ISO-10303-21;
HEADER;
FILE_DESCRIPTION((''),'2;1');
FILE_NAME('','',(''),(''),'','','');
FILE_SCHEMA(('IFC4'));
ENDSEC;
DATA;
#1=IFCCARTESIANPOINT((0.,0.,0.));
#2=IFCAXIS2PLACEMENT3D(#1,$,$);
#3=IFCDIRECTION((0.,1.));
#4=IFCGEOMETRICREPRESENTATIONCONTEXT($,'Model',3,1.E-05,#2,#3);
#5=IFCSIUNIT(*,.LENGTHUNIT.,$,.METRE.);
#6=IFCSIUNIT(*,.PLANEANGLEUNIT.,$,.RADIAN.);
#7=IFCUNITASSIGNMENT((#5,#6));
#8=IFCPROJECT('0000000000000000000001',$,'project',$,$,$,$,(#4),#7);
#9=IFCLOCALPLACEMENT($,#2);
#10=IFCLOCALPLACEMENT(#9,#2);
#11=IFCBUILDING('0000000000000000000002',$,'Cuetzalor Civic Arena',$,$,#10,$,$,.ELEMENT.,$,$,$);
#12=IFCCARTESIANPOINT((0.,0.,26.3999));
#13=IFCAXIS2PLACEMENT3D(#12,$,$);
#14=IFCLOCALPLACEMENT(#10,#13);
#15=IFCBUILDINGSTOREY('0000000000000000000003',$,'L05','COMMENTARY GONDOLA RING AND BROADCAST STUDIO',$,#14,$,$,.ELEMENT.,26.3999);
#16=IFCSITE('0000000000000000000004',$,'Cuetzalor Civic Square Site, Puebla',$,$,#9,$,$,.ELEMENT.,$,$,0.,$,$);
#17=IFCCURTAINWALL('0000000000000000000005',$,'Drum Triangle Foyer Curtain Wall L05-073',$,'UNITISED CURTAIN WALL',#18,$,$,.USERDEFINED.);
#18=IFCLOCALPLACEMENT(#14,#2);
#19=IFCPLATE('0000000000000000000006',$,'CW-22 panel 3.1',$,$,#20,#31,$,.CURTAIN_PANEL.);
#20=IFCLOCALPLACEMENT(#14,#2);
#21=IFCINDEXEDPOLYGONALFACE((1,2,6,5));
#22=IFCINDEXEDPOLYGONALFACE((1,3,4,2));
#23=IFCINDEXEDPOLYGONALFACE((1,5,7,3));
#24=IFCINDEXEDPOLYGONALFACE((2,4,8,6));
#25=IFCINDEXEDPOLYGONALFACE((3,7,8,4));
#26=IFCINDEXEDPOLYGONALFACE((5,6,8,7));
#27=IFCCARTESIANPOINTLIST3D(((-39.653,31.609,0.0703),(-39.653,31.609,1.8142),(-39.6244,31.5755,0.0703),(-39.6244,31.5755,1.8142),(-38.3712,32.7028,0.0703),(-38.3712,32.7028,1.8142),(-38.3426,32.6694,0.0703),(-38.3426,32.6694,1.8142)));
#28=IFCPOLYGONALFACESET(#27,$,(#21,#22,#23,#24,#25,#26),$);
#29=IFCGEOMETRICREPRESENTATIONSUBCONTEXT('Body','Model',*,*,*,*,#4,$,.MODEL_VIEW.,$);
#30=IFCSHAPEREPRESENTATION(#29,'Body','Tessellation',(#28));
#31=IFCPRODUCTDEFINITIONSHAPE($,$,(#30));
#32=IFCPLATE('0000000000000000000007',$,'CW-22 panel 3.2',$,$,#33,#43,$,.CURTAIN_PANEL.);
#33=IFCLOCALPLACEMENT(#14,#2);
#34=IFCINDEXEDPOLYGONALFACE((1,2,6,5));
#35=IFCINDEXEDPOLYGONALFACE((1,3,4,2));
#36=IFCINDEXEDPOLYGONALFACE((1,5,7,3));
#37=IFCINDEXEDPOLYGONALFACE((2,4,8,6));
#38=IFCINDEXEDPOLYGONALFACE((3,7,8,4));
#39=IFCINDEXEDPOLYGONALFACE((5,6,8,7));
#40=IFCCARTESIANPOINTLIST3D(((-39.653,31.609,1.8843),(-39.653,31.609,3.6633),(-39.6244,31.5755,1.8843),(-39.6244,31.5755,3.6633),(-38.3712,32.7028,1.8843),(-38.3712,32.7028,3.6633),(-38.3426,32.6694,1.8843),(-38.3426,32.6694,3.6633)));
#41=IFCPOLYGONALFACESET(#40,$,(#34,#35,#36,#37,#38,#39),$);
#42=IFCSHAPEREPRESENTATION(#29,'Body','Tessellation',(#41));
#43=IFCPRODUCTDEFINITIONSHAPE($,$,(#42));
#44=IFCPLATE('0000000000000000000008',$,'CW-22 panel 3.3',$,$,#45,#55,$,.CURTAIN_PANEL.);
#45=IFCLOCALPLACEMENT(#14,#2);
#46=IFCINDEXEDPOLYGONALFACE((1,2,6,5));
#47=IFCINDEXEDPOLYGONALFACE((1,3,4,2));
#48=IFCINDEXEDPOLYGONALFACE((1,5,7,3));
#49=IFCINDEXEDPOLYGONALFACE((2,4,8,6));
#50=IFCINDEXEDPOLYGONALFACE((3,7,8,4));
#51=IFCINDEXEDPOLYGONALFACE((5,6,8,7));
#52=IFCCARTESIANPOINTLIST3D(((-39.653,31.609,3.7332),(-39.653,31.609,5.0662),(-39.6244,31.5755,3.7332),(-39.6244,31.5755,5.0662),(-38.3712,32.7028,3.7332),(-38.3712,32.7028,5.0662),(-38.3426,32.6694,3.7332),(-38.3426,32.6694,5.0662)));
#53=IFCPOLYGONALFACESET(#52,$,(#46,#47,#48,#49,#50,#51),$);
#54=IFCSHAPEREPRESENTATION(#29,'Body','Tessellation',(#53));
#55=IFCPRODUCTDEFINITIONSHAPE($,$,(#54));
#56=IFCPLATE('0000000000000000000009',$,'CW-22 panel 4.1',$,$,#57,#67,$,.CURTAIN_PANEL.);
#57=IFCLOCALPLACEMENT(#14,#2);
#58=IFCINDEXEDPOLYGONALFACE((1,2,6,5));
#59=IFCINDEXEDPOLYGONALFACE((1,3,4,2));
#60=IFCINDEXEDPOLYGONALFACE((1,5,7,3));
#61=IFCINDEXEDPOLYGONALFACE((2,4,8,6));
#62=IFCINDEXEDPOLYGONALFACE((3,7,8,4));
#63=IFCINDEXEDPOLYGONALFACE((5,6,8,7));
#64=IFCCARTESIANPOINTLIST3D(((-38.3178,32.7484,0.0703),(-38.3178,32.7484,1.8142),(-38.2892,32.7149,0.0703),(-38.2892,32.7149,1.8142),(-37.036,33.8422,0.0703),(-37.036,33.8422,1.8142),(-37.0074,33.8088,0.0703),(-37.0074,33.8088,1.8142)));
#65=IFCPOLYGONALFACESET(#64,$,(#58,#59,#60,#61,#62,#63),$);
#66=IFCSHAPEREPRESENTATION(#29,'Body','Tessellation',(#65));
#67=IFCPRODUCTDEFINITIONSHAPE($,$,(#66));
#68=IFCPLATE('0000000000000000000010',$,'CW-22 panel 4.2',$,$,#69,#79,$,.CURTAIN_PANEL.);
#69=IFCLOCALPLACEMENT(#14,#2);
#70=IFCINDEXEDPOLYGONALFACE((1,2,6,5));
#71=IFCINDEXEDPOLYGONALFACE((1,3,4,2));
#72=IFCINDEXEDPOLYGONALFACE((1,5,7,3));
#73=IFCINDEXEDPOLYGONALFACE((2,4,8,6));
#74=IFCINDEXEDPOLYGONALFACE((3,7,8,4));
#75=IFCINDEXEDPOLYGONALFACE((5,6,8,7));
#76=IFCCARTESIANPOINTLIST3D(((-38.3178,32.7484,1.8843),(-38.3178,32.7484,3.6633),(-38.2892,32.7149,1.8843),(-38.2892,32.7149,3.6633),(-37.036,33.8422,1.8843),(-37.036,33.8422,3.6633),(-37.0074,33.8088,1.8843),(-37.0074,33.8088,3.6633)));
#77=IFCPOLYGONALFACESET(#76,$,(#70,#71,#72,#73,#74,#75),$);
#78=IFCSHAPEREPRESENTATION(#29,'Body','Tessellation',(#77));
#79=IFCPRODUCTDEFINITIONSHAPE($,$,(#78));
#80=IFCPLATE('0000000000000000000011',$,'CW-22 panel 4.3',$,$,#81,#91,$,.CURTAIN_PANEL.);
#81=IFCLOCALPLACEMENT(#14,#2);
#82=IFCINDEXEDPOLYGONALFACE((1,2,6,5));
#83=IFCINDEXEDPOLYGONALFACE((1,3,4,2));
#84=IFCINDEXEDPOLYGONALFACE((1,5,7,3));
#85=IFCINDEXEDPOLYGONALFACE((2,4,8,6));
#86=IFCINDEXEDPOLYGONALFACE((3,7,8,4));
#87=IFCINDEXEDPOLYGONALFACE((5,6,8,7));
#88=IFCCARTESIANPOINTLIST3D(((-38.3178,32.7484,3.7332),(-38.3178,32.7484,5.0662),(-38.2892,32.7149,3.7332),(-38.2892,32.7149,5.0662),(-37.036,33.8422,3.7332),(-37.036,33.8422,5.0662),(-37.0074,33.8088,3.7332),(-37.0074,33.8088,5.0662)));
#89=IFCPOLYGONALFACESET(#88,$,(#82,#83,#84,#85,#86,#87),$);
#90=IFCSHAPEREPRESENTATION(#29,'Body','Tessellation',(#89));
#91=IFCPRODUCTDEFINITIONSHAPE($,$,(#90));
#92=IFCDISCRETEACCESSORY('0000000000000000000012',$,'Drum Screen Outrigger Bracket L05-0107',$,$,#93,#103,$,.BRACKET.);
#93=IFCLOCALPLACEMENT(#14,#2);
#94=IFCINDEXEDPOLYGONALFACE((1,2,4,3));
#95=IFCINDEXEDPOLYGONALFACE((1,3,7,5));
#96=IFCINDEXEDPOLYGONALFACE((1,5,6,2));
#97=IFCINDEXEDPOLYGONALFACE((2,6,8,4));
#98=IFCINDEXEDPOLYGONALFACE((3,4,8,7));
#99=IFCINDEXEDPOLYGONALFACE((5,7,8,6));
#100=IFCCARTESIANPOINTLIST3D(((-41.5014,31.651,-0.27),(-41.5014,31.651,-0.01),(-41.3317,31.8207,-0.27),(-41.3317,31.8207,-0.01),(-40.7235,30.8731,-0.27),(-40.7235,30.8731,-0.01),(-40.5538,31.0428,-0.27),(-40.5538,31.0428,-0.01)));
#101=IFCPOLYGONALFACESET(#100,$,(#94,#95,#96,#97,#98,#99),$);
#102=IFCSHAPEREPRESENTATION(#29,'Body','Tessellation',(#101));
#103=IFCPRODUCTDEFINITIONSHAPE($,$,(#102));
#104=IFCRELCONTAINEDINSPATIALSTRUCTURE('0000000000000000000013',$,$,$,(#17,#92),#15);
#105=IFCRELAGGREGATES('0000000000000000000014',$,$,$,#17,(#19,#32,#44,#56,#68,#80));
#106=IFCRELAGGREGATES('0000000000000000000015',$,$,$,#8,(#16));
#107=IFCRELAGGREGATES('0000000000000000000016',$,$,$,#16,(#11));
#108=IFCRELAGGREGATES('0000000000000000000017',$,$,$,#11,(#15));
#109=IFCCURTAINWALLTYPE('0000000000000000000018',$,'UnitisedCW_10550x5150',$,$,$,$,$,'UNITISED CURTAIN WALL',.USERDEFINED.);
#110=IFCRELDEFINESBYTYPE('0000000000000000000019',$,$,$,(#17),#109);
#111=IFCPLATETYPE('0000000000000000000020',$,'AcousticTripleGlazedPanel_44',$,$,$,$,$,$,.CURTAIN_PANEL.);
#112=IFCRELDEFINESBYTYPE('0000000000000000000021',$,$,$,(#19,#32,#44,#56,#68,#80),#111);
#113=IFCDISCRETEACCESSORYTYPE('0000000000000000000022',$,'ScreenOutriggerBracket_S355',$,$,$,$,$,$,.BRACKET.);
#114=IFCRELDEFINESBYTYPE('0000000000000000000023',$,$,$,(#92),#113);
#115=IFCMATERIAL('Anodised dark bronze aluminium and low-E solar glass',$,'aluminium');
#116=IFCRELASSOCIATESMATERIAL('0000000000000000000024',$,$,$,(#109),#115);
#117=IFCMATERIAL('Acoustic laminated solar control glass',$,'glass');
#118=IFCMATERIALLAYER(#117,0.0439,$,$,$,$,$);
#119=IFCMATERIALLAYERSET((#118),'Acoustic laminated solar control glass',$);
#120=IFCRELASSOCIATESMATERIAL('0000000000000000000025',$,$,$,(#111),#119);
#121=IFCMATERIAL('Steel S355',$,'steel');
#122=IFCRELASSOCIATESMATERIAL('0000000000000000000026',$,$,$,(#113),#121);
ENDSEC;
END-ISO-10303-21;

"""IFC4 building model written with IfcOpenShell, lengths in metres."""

from ifc_helpers import new_model, si_unit, direction, frame, origin, origin_2d, place, context, subcontext, project, spatial, rectangle, extrude, material, layer, layer_set, type_object, element, aggregate, save


model = new_model("IFC4")

# Units and contexts
model_context = context("Model", 3, precision=1e-05, world=origin(), true_north=direction((0.0, 1.0)))
body_context = subcontext(model_context, "Body", "Model", "MODEL_VIEW")
ifc_project = project(units=[si_unit("LENGTHUNIT", "METRE"), si_unit("PLANEANGLEUNIT", "RADIAN")], contexts=[model_context])

# Site, building, storey
site_placement = place(None, origin())
site = spatial("IfcSite", under=ifc_project, at=site_placement, Name="Cuetzalor Civic Square Site, Puebla", CompositionType="ELEMENT", RefElevation=0.0)
building_placement = place(site_placement, origin())
building = spatial("IfcBuilding", under=site, at=building_placement, Name="Cuetzalor Civic Arena", CompositionType="ELEMENT")
storey_placement = place(building_placement, frame((0.0, 0.0, 26.3999)))
storey = spatial("IfcBuildingStorey", under=building, at=storey_placement, Name="L05", Description="COMMENTARY GONDOLA RING AND BROADCAST STUDIO", CompositionType="ELEMENT", Elevation=26.3999)

# Curtain wall, plates
ifc_material_1 = material(Name="Anodised dark bronze aluminium and low-E solar glass", Category="aluminium")
curtain_wall_type = type_object("IfcCurtainWallType", Name="UnitisedCW_10550x5150", ElementType="UNITISED CURTAIN WALL", PredefinedType="USERDEFINED", material=ifc_material_1)
curtain_wall_placement = place(storey_placement, origin())
curtain_wall = element("IfcCurtainWall", 1, at=curtain_wall_placement, inside=storey, type_object=curtain_wall_type, Name="Drum Triangle Foyer Curtain Wall L05-073", ObjectType="UNITISED CURTAIN WALL", PredefinedType="USERDEFINED")
ifc_material_2 = material(Name="Acoustic laminated solar control glass", Category="glass")
ifc_layer = layer(ifc_material_2, 0.0439)
ifc_layer_set = layer_set([ifc_layer], Name="Acoustic laminated solar control glass")
plate_type = type_object("IfcPlateType", Name="AcousticTripleGlazedPanel_44", PredefinedType="CURTAIN_PANEL", material=ifc_layer_set)
plate_1_placement = place(storey_placement, frame((-38.9978, 32.1392, 0.0703), z_axis=(0.0, 0.0, 1.0), x_axis=(0.760677, 0.64913, 0.0)))
plate_1 = element("IfcPlate", 2, at=plate_1_placement, type_object=plate_type, Name="CW-22 panel 3.1", PredefinedType="CURTAIN_PANEL", context=body_context, shape_type="SweptSolid", body=[
    extrude(rectangle(XDim=1.6851, YDim=0.0439, at=origin_2d()), origin(), (0.0, 0.0, 1.0), 1.7439),
])
plate_2_placement = place(storey_placement, frame((-38.9978, 32.1392, 1.8843), z_axis=(0.0, 0.0, 1.0), x_axis=(0.760677, 0.64913, 0.0)))
plate_2 = element("IfcPlate", 3, at=plate_2_placement, type_object=plate_type, Name="CW-22 panel 3.2", PredefinedType="CURTAIN_PANEL", context=body_context, shape_type="SweptSolid", body=[
    extrude(rectangle(XDim=1.6851, YDim=0.0439, at=origin_2d()), origin(), (0.0, 0.0, 1.0), 1.7791),
])
plate_3_placement = place(storey_placement, frame((-38.9978, 32.1392, 3.7332), z_axis=(0.0, 0.0, 1.0), x_axis=(0.760677, 0.64913, 0.0)))
plate_3 = element("IfcPlate", 4, at=plate_3_placement, type_object=plate_type, Name="CW-22 panel 3.3", PredefinedType="CURTAIN_PANEL", context=body_context, shape_type="SweptSolid", body=[
    extrude(rectangle(XDim=1.6851, YDim=0.0439, at=origin_2d()), origin(), (0.0, 0.0, 1.0), 1.333),
])
plate_4_placement = place(storey_placement, frame((-37.6626, 33.2786, 0.0703), z_axis=(0.0, 0.0, 1.0), x_axis=(0.760677, 0.64913, 0.0)))
plate_4 = element("IfcPlate", 5, at=plate_4_placement, type_object=plate_type, Name="CW-22 panel 4.1", PredefinedType="CURTAIN_PANEL", context=body_context, shape_type="SweptSolid", body=[
    extrude(rectangle(XDim=1.6851, YDim=0.0439, at=origin_2d()), origin(), (0.0, 0.0, 1.0), 1.7439),
])
plate_5_placement = place(storey_placement, frame((-37.6626, 33.2786, 1.8843), z_axis=(0.0, 0.0, 1.0), x_axis=(0.760677, 0.64913, 0.0)))
plate_5 = element("IfcPlate", 6, at=plate_5_placement, type_object=plate_type, Name="CW-22 panel 4.2", PredefinedType="CURTAIN_PANEL", context=body_context, shape_type="SweptSolid", body=[
    extrude(rectangle(XDim=1.6851, YDim=0.0439, at=origin_2d()), origin(), (0.0, 0.0, 1.0), 1.7791),
])
plate_6_placement = place(storey_placement, frame((-37.6626, 33.2786, 3.7332), z_axis=(0.0, 0.0, 1.0), x_axis=(0.760677, 0.64913, 0.0)))
plate_6 = element("IfcPlate", 7, at=plate_6_placement, type_object=plate_type, Name="CW-22 panel 4.3", PredefinedType="CURTAIN_PANEL", context=body_context, shape_type="SweptSolid", body=[
    extrude(rectangle(XDim=1.6851, YDim=0.0439, at=origin_2d()), origin(), (0.0, 0.0, 1.0), 1.333),
])
aggregate(curtain_wall, [plate_1, plate_2, plate_3, plate_4, plate_5, plate_6])

# Discrete accessory
ifc_material_3 = material(Name="Steel S355", Category="steel")
discrete_accessory_type = type_object("IfcDiscreteAccessoryType", Name="ScreenOutriggerBracket_S355", PredefinedType="BRACKET", material=ifc_material_3)
discrete_accessory_placement = place(storey_placement, frame((-41.0276, 31.3469, -0.27), z_axis=(0.0, 0.0, 1.0), x_axis=(-0.707107, 0.707107, 0.0)))
element("IfcDiscreteAccessory", 8, at=discrete_accessory_placement, inside=storey, type_object=discrete_accessory_type, Name="Drum Screen Outrigger Bracket L05-0107", PredefinedType="BRACKET", context=body_context, shape_type="SweptSolid", body=[
    extrude(rectangle(XDim=1.1001, YDim=0.24, at=origin_2d()), origin(), (0.0, 0.0, 1.0), 0.26),
])

save(model, "model.ifc")
